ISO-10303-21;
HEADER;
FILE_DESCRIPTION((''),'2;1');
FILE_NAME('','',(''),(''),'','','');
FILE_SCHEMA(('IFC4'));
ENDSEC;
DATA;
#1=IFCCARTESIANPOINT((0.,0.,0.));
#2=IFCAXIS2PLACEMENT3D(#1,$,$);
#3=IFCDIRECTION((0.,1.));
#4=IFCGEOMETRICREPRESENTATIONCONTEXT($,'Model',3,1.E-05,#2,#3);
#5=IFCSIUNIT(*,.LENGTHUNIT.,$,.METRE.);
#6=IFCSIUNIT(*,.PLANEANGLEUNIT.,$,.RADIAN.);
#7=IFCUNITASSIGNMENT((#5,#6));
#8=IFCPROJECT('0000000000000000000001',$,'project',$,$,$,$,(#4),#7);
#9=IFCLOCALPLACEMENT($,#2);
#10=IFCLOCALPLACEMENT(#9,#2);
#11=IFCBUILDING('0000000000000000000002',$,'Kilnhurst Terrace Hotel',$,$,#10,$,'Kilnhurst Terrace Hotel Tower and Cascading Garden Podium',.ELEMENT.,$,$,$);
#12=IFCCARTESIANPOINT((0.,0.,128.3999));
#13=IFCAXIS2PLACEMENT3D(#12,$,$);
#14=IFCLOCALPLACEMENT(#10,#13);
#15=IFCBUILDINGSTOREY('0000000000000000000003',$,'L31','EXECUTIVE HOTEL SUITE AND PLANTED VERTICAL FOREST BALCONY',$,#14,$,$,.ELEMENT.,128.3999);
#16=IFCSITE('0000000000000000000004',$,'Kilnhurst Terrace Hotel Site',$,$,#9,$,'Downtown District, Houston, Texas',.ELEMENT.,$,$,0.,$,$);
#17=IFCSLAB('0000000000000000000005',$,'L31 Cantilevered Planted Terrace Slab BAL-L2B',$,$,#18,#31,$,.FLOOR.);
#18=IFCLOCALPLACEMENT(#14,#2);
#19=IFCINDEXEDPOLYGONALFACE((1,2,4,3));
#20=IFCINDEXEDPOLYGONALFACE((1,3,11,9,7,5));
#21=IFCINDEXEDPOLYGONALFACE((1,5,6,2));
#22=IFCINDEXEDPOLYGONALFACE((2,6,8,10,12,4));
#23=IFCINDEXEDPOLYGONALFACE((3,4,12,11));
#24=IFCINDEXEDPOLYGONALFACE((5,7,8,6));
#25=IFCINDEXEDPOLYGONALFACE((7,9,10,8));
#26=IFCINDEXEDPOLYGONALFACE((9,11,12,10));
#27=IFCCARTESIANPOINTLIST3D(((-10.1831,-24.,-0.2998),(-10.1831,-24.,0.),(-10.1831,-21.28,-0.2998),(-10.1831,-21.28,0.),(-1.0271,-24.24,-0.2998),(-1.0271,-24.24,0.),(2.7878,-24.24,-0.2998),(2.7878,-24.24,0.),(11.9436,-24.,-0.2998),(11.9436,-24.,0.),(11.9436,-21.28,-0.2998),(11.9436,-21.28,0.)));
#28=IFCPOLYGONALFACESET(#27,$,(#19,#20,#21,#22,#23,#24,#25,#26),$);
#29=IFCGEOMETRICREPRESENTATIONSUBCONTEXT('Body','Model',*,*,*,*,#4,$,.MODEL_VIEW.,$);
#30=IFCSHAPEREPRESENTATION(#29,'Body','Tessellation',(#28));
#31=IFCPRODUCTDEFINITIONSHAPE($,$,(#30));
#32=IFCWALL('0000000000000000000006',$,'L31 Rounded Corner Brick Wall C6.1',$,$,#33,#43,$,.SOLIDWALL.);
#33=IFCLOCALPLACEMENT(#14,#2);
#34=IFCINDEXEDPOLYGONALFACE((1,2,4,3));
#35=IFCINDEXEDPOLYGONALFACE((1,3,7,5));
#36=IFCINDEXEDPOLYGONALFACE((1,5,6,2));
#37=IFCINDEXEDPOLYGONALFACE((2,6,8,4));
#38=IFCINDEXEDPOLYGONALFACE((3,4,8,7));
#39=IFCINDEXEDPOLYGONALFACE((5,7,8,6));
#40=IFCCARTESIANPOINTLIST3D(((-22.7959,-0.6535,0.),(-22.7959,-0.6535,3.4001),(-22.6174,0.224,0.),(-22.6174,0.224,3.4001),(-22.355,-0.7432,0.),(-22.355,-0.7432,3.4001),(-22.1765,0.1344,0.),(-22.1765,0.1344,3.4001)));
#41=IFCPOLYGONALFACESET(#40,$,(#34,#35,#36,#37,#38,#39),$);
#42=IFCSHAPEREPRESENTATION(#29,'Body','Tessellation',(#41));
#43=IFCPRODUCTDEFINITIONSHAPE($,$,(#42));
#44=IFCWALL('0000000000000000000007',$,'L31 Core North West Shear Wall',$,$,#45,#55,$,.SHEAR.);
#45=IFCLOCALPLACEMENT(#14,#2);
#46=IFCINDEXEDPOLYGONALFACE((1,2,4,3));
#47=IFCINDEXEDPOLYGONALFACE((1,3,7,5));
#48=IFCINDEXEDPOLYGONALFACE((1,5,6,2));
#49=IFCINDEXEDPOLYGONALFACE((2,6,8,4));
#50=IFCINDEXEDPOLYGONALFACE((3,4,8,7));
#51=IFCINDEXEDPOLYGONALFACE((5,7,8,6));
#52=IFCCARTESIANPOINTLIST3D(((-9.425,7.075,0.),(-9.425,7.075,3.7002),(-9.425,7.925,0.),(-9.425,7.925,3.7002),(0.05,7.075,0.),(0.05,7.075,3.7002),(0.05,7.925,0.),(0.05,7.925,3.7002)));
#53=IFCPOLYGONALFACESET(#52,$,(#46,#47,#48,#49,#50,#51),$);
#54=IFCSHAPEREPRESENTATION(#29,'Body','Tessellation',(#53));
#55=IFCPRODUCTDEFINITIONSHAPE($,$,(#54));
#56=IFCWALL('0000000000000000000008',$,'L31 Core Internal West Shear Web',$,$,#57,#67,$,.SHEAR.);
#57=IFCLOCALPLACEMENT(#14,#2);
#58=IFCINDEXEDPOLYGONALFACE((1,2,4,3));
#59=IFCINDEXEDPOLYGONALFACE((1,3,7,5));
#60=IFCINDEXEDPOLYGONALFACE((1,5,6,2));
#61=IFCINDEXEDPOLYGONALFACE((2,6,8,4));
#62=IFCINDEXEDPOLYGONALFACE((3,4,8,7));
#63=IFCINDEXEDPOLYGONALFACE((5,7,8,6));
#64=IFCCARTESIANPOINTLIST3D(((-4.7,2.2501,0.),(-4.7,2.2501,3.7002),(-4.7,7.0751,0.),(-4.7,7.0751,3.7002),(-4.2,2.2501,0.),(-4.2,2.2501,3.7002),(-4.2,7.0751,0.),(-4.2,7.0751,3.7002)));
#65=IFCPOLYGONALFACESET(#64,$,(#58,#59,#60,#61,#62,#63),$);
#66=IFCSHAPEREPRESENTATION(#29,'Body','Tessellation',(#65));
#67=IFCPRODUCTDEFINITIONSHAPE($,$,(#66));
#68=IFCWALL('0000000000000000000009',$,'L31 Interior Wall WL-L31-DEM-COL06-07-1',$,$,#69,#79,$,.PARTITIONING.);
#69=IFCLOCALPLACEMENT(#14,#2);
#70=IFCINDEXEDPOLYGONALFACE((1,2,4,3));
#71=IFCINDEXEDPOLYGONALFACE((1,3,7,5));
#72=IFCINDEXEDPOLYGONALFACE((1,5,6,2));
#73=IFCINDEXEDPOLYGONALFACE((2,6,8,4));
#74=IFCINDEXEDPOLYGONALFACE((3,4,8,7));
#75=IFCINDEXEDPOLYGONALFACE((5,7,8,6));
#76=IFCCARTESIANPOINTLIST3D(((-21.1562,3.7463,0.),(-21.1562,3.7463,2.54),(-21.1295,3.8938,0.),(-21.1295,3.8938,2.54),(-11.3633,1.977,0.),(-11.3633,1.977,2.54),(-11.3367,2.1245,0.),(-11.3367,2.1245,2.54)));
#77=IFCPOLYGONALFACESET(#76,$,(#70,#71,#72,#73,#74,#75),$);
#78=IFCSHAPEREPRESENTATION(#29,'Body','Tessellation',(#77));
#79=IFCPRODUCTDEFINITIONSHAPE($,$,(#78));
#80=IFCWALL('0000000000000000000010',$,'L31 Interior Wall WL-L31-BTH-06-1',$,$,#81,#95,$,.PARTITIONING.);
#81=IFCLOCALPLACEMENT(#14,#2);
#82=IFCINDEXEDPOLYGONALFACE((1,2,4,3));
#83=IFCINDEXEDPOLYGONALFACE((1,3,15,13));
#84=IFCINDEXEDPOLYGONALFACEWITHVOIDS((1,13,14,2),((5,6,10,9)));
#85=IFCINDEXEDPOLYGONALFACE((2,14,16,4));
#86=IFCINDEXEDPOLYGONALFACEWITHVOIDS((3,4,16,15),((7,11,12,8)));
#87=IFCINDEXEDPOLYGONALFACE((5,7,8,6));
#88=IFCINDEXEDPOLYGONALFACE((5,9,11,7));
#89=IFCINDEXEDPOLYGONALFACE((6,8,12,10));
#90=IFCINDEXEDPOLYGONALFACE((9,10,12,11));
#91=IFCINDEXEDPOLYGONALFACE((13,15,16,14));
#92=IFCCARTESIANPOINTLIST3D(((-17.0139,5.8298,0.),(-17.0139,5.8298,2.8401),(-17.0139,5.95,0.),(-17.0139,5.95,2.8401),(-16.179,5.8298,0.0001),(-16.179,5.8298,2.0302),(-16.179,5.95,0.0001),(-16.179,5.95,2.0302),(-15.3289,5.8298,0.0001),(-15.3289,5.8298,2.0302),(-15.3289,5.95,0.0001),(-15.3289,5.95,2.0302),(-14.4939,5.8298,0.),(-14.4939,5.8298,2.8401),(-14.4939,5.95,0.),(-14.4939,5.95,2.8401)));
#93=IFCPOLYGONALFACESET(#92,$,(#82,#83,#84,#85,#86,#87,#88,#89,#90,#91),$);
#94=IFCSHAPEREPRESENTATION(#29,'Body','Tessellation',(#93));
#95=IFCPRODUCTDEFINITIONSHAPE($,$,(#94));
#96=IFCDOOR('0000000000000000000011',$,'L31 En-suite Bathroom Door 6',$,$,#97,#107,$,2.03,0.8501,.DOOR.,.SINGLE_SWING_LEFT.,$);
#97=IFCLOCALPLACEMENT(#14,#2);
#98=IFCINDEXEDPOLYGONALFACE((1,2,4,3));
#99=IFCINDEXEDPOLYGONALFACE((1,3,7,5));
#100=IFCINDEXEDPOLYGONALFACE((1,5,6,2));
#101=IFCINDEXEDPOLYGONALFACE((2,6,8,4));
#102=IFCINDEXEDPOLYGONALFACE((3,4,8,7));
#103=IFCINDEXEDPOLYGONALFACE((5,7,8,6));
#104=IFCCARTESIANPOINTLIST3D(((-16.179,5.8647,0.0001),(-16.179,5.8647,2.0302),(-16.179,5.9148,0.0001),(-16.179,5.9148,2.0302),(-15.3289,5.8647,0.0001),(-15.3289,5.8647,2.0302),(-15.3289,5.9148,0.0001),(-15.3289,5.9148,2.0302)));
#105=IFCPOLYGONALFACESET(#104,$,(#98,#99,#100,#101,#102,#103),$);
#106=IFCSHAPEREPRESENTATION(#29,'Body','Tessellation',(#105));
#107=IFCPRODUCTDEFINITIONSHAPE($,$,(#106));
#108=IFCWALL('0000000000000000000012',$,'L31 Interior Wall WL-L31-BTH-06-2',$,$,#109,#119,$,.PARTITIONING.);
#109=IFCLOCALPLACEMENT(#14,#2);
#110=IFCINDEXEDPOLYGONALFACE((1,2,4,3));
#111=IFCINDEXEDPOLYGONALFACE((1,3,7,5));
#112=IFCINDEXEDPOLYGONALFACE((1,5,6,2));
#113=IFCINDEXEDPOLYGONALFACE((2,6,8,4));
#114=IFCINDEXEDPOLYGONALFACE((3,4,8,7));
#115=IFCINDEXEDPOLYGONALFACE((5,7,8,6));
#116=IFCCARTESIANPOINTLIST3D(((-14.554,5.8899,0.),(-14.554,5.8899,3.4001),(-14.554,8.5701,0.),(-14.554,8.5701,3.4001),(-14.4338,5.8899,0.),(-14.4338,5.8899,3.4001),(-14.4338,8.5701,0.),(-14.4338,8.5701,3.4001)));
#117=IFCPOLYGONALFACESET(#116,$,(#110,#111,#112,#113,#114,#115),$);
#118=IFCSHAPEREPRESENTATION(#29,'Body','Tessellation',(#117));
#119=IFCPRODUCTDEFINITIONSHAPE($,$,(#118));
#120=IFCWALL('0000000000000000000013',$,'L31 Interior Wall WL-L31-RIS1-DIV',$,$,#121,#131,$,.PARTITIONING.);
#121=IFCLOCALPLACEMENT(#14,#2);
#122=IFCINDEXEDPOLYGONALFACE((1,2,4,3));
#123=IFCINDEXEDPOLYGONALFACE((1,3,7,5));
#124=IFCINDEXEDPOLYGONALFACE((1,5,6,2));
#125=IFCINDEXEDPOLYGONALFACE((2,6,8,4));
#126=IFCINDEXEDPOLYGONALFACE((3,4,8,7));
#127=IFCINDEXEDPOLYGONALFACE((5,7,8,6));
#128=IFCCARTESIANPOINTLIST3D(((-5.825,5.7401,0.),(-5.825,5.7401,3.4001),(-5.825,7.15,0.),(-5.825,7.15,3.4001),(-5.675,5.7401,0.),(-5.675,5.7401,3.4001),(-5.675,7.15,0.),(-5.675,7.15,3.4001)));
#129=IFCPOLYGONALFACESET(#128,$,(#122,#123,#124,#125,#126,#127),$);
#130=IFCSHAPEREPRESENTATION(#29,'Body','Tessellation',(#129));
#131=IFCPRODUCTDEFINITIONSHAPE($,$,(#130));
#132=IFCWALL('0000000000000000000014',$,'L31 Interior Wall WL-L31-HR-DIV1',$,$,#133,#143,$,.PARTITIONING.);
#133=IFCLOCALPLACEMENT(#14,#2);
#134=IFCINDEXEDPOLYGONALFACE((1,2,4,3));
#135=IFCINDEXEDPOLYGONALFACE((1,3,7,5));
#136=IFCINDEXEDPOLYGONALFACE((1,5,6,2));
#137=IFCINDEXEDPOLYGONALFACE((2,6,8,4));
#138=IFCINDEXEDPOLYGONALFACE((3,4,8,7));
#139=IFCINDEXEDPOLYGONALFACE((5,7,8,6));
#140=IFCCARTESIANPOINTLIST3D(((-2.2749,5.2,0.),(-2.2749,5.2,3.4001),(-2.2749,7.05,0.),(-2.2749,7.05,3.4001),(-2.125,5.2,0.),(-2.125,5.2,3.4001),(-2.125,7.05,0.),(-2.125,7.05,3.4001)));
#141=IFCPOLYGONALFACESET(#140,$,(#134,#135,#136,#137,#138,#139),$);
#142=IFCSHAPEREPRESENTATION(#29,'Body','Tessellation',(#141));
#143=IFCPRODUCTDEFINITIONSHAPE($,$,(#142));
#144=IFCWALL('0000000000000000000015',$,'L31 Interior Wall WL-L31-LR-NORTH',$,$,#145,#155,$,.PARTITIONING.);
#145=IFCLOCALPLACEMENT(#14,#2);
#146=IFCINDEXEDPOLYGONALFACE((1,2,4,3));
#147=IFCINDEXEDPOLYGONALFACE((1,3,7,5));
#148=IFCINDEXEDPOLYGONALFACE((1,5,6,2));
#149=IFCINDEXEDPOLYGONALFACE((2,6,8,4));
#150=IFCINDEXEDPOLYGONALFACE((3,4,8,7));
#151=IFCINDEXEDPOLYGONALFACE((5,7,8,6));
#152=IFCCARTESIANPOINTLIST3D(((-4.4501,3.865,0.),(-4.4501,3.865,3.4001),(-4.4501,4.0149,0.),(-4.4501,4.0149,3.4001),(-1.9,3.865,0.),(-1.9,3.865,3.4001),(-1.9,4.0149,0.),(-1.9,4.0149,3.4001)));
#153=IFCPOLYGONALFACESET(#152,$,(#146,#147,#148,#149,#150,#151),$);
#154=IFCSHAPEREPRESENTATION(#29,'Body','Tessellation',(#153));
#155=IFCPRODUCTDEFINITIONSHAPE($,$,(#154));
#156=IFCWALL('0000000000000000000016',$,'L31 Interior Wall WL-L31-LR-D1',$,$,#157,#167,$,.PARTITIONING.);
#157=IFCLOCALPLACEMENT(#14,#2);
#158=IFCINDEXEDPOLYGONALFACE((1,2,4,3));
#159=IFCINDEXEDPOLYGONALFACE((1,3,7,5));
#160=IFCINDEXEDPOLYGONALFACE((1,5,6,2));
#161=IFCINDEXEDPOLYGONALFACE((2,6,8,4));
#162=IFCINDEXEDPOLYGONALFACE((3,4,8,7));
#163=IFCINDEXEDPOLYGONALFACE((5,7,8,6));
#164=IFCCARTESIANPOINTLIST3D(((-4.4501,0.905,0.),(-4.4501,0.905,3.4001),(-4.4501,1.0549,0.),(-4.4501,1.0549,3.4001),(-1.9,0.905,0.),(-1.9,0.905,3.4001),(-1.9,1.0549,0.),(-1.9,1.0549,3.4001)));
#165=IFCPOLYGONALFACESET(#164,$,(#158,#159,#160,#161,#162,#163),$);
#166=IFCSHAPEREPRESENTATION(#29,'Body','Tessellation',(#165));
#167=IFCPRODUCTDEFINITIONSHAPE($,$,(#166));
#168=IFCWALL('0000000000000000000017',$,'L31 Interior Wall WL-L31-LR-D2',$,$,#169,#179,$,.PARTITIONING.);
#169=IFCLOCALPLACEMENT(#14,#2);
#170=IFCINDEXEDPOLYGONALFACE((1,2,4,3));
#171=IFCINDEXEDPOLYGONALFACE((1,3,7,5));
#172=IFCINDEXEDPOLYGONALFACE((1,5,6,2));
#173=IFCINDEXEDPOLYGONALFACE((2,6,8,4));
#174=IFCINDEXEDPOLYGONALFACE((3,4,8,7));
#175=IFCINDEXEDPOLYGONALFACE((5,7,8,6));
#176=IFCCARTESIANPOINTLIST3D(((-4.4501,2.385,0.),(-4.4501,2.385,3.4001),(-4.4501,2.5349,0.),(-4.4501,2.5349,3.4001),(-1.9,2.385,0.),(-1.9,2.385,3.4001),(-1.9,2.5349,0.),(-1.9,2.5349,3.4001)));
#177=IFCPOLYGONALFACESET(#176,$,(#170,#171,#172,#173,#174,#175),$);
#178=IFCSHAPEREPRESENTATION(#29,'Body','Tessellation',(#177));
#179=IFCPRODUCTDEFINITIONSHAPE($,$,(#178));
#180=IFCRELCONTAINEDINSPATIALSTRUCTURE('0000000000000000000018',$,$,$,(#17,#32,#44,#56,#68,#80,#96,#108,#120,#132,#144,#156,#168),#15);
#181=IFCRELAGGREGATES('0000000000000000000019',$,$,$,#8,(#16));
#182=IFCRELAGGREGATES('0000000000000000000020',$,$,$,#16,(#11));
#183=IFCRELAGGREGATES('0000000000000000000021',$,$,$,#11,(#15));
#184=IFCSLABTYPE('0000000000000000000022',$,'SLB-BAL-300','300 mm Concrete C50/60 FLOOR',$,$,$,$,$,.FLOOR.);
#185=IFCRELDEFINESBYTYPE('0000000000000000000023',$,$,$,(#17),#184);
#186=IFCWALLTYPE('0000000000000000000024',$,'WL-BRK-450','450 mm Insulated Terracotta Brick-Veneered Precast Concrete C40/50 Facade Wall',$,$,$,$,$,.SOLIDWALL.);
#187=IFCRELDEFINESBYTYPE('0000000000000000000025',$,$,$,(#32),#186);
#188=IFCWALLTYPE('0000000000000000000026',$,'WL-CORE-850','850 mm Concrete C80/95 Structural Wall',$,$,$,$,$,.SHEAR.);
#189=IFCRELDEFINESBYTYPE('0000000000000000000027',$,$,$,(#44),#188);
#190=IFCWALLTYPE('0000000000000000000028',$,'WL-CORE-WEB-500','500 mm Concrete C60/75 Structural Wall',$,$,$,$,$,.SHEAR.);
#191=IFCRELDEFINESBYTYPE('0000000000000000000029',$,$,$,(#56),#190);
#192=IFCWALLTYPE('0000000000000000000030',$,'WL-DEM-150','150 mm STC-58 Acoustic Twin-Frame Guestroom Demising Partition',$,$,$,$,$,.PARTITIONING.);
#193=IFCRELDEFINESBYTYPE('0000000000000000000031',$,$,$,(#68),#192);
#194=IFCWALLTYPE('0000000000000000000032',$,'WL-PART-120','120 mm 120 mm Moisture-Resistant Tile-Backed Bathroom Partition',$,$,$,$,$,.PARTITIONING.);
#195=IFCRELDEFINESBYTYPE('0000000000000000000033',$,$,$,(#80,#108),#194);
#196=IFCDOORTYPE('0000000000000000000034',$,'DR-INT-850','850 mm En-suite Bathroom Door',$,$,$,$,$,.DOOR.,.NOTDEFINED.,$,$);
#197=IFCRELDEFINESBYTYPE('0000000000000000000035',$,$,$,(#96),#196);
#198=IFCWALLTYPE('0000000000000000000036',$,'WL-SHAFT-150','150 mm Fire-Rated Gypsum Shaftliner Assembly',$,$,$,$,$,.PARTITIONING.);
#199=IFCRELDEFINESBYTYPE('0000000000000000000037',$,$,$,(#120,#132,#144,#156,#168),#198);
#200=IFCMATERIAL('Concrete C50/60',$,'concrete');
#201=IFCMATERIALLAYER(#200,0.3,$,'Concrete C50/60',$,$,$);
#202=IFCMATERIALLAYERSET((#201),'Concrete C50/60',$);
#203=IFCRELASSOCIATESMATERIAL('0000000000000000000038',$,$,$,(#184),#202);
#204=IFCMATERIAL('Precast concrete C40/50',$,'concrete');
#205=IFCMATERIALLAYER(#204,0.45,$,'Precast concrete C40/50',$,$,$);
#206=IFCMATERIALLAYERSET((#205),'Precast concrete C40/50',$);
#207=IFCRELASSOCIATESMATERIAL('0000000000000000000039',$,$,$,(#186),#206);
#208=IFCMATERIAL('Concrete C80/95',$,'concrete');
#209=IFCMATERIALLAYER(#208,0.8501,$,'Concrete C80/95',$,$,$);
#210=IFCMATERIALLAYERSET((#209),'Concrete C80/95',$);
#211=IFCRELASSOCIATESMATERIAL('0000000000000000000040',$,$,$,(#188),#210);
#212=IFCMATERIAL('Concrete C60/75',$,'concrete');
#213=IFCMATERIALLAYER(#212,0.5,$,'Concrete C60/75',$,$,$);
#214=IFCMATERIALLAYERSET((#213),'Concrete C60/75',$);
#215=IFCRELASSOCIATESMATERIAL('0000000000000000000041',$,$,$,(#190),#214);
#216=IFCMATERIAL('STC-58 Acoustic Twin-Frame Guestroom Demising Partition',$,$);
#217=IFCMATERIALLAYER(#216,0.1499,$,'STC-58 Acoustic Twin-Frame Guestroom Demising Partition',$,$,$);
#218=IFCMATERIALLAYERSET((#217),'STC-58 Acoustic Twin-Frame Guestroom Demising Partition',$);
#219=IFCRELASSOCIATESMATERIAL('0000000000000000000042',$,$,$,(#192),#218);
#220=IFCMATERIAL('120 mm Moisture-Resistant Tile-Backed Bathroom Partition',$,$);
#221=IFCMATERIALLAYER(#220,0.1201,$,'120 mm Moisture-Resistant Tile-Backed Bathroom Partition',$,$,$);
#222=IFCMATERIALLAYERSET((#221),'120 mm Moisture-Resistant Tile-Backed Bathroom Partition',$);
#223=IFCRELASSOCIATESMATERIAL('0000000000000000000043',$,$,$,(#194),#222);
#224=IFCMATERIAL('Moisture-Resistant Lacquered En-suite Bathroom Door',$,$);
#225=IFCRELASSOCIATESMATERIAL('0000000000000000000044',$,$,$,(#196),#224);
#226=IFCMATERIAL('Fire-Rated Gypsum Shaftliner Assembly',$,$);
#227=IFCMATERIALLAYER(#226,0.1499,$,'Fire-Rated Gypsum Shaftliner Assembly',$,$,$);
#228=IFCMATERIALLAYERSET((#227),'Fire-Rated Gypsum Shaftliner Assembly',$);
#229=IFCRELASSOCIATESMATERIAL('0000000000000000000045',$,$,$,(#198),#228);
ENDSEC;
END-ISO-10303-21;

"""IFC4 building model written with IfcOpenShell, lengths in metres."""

from ifc_helpers import new_model, si_unit, direction, frame, frame_2d, origin, place, context, subcontext, project, spatial, polyline, rectangle, outline, extrude, material, layer, layer_set, type_object, element, fill, save


model = new_model("IFC4")

# Units and contexts
model_context = context("Model", 3, precision=1e-05, world=origin(), true_north=direction((0.0, 1.0)))
body_context = subcontext(model_context, "Body", "Model", "MODEL_VIEW")
ifc_project = project(units=[si_unit("LENGTHUNIT", "METRE"), si_unit("PLANEANGLEUNIT", "RADIAN")], contexts=[model_context])

# Site, building, storey
site_placement = place(None, origin())
site = spatial("IfcSite", under=ifc_project, at=site_placement, Name="Kilnhurst Terrace Hotel Site", LongName="Downtown District, Houston, Texas", CompositionType="ELEMENT", RefElevation=0.0)
building_placement = place(site_placement, origin())
building = spatial("IfcBuilding", under=site, at=building_placement, Name="Kilnhurst Terrace Hotel", LongName="Kilnhurst Terrace Hotel Tower and Cascading Garden Podium", CompositionType="ELEMENT")
storey_placement = place(building_placement, frame((0.0, 0.0, 128.3999)))
storey = spatial("IfcBuildingStorey", under=building, at=storey_placement, Name="L31", Description="EXECUTIVE HOTEL SUITE AND PLANTED VERTICAL FOREST BALCONY", CompositionType="ELEMENT", Elevation=128.3999)

# Shared definitions
ifc_material_1 = material(Name="Concrete C80/95", Category="concrete")

# Shared definitions
ifc_material_2 = material(Name="Concrete C50/60", Category="concrete")

# Slab
ifc_layer_1 = layer(ifc_material_2, 0.3, Name="Concrete C50/60")
ifc_layer_set_1 = layer_set([ifc_layer_1], Name="Concrete C50/60")
slab_type = type_object("IfcSlabType", Name="SLB-BAL-300", Description="300 mm Concrete C50/60 FLOOR", PredefinedType="FLOOR", material=ifc_layer_set_1)
slab_1_placement = place(storey_placement, frame((0.0, 0.0, -0.2998)))
element("IfcSlab", 1, at=slab_1_placement, inside=storey, type_object=slab_type, Name="L31 Cantilevered Planted Terrace Slab BAL-L2B", PredefinedType="FLOOR", context=body_context, shape_type="SweptSolid", body=[
    extrude(outline(polyline([(-1.0271, -24.24), (-10.1831, -24.0), (-10.1831, -21.28), (11.9436, -21.28), (11.9436, -24.0), (2.7878, -24.24), (-1.0271, -24.24)])), origin(), (0.0, 0.0, 1.0), 0.2998),
])

# Walls
ifc_material_3 = material(Name="Precast concrete C40/50", Category="concrete")
ifc_layer_2 = layer(ifc_material_3, 0.45, Name="Precast concrete C40/50")
ifc_layer_set_2 = layer_set([ifc_layer_2], Name="Precast concrete C40/50")
wall_type_1 = type_object("IfcWallType", Name="WL-BRK-450", Description="450 mm Insulated Terracotta Brick-Veneered Precast Concrete C40/50 Facade Wall", PredefinedType="SOLIDWALL", material=ifc_layer_set_2)
wall_1_placement = place(storey_placement, frame((-22.397, 0.1792, 0.0), z_axis=(0.0, 0.0, 1.0), x_axis=(-0.199314, -0.979936, 0.0)))
element("IfcWall", 2, at=wall_1_placement, inside=storey, type_object=wall_type_1, Name="L31 Rounded Corner Brick Wall C6.1", PredefinedType="SOLIDWALL", context=body_context, shape_type="SweptSolid", body=[
    extrude(rectangle(XDim=0.8955, YDim=0.45, at=frame_2d((0.4478, 0.0))), origin(), (0.0, 0.0, 1.0), 3.4001),
])
ifc_layer_3 = layer(ifc_material_1, 0.8501, Name="Concrete C80/95")
ifc_layer_set_3 = layer_set([ifc_layer_3], Name="Concrete C80/95")
wall_type_2 = type_object("IfcWallType", Name="WL-CORE-850", Description="850 mm Concrete C80/95 Structural Wall", PredefinedType="SHEAR", material=ifc_layer_set_3)
wall_2_placement = place(storey_placement, frame((-9.425, 7.5, 0.0), z_axis=(0.0, 0.0, 1.0), x_axis=(1.0, 0.0, 0.0)))
element("IfcWall", 3, at=wall_2_placement, inside=storey, type_object=wall_type_2, Name="L31 Core North West Shear Wall", PredefinedType="SHEAR", context=body_context, shape_type="SweptSolid", body=[
    extrude(rectangle(XDim=9.4751, YDim=0.8501, at=frame_2d((4.7375, 0.0))), origin(), (0.0, 0.0, 1.0), 3.7002),
])
ifc_material_4 = material(Name="Concrete C60/75", Category="concrete")
ifc_layer_4 = layer(ifc_material_4, 0.5, Name="Concrete C60/75")
ifc_layer_set_4 = layer_set([ifc_layer_4], Name="Concrete C60/75")
wall_type_3 = type_object("IfcWallType", Name="WL-CORE-WEB-500", Description="500 mm Concrete C60/75 Structural Wall", PredefinedType="SHEAR", material=ifc_layer_set_4)
wall_3_placement = place(storey_placement, frame((-4.45, 2.25, 0.0), z_axis=(0.0, 0.0, 1.0), x_axis=(0.0, 1.0, 0.0)))
element("IfcWall", 4, at=wall_3_placement, inside=storey, type_object=wall_type_3, Name="L31 Core Internal West Shear Web", PredefinedType="SHEAR", context=body_context, shape_type="SweptSolid", body=[
    extrude(rectangle(XDim=4.825, YDim=0.5, at=frame_2d((2.4126, 0.0))), origin(), (0.0, 0.0, 1.0), 3.7002),
])
ifc_material_5 = material(Name="STC-58 Acoustic Twin-Frame Guestroom Demising Partition")
ifc_layer_5 = layer(ifc_material_5, 0.1499, Name="STC-58 Acoustic Twin-Frame Guestroom Demising Partition")
ifc_layer_set_5 = layer_set([ifc_layer_5], Name="STC-58 Acoustic Twin-Frame Guestroom Demising Partition")
wall_type_4 = type_object("IfcWallType", Name="WL-DEM-150", Description="150 mm STC-58 Acoustic Twin-Frame Guestroom Demising Partition", PredefinedType="PARTITIONING", material=ifc_layer_set_5)
wall_4_placement = place(storey_placement, frame((-11.3501, 2.0508, 0.0), z_axis=(0.0, 0.0, 1.0), x_axis=(-0.984068, 0.177791, 0.0)))
element("IfcWall", 5, at=wall_4_placement, inside=storey, type_object=wall_type_4, Name="L31 Interior Wall WL-L31-DEM-COL06-07-1", PredefinedType="PARTITIONING", context=body_context, shape_type="SweptSolid", body=[
    extrude(rectangle(XDim=9.9514, YDim=0.1499, at=frame_2d((4.9756, 0.0))), origin(), (0.0, 0.0, 1.0), 2.54),
])

# Wall, opening, door
ifc_material_6 = material(Name="120 mm Moisture-Resistant Tile-Backed Bathroom Partition")
ifc_layer_6 = layer(ifc_material_6, 0.1201, Name="120 mm Moisture-Resistant Tile-Backed Bathroom Partition")
ifc_layer_set_6 = layer_set([ifc_layer_6], Name="120 mm Moisture-Resistant Tile-Backed Bathroom Partition")
wall_type_5 = type_object("IfcWallType", Name="WL-PART-120", Description="120 mm 120 mm Moisture-Resistant Tile-Backed Bathroom Partition", PredefinedType="PARTITIONING", material=ifc_layer_set_6)
wall_5_placement = place(storey_placement, frame((-17.0139, 5.8899, 0.0), z_axis=(0.0, 0.0, 1.0), x_axis=(1.0, 0.0, 0.0)))
wall_5 = element("IfcWall", 6, at=wall_5_placement, inside=storey, type_object=wall_type_5, Name="L31 Interior Wall WL-L31-BTH-06-1", PredefinedType="PARTITIONING", context=body_context, shape_type="SweptSolid", body=[
    extrude(rectangle(XDim=2.52, YDim=0.1201, at=frame_2d((1.26, 0.0))), origin(), (0.0, 0.0, 1.0), 2.8401),
])
opening_1_placement = place(wall_5_placement, frame((0.835, 0.0, 0.0)))
opening_1 = element("IfcOpeningElement", 7, at=opening_1_placement, cuts=wall_5, PredefinedType="OPENING", context=body_context, shape_type="SweptSolid", body=[
    extrude(rectangle(XDim=0.8501, YDim=2.03, at=frame_2d((0.425, 1.0151))), frame((0.0, 0.0701, 0.0), z_axis=(0.0, -1.0, 0.0), x_axis=(1.0, 0.0, 0.0)), (0.0, 0.0, 1.0), 0.1401),
])
ifc_material_7 = material(Name="Moisture-Resistant Lacquered En-suite Bathroom Door")
door_type_1 = type_object("IfcDoorType", Name="DR-INT-850", Description="850 mm En-suite Bathroom Door", OperationType="NOTDEFINED", PredefinedType="DOOR", material=ifc_material_7)
door_1_placement = place(opening_1_placement, origin())
door_1 = element("IfcDoor", 8, at=door_1_placement, inside=storey, type_object=door_type_1, Name="L31 En-suite Bathroom Door 6", OperationType="SINGLE_SWING_LEFT", OverallHeight=2.03, OverallWidth=0.8501, PredefinedType="DOOR", context=body_context, shape_type="SweptSolid", body=[
    extrude(rectangle(XDim=0.8501, YDim=2.03, at=frame_2d((0.425, 1.0151))), frame((0.0, 0.0249, 0.0), z_axis=(0.0, -1.0, 0.0), x_axis=(1.0, 0.0, 0.0)), (0.0, 0.0, 1.0), 0.05),
])
fill(opening_1, door_1)

# Walls
wall_6_placement = place(storey_placement, frame((-14.4939, 5.8899, 0.0), z_axis=(0.0, 0.0, 1.0), x_axis=(0.0, 1.0, 0.0)))
element("IfcWall", 9, at=wall_6_placement, inside=storey, type_object=wall_type_5, Name="L31 Interior Wall WL-L31-BTH-06-2", PredefinedType="PARTITIONING", context=body_context, shape_type="SweptSolid", body=[
    extrude(rectangle(XDim=2.6802, YDim=0.1201, at=frame_2d((1.3401, 0.0))), origin(), (0.0, 0.0, 1.0), 3.4001),
])
ifc_material_8 = material(Name="Fire-Rated Gypsum Shaftliner Assembly")
ifc_layer_7 = layer(ifc_material_8, 0.1499, Name="Fire-Rated Gypsum Shaftliner Assembly")
ifc_layer_set_7 = layer_set([ifc_layer_7], Name="Fire-Rated Gypsum Shaftliner Assembly")
wall_type_6 = type_object("IfcWallType", Name="WL-SHAFT-150", Description="150 mm Fire-Rated Gypsum Shaftliner Assembly", PredefinedType="PARTITIONING", material=ifc_layer_set_7)
wall_7_placement = place(storey_placement, frame((-5.75, 5.74, 0.0), z_axis=(0.0, 0.0, 1.0), x_axis=(0.0, 1.0, 0.0)))
element("IfcWall", 10, at=wall_7_placement, inside=storey, type_object=wall_type_6, Name="L31 Interior Wall WL-L31-RIS1-DIV", PredefinedType="PARTITIONING", context=body_context, shape_type="SweptSolid", body=[
    extrude(rectangle(XDim=1.4099, YDim=0.1499, at=frame_2d((0.7051, 0.0))), origin(), (0.0, 0.0, 1.0), 3.4001),
])
wall_8_placement = place(storey_placement, frame((-2.2, 5.2, 0.0), z_axis=(0.0, 0.0, 1.0), x_axis=(0.0, 1.0, 0.0)))
element("IfcWall", 11, at=wall_8_placement, inside=storey, type_object=wall_type_6, Name="L31 Interior Wall WL-L31-HR-DIV1", PredefinedType="PARTITIONING", context=body_context, shape_type="SweptSolid", body=[
    extrude(rectangle(XDim=1.8501, YDim=0.1499, at=frame_2d((0.925, 0.0))), origin(), (0.0, 0.0, 1.0), 3.4001),
])
for number, where, z_axis, x_axis, name in (
    (12, (-4.45, 3.9399, 0.0), (0.0, 0.0, 1.0), (1.0, 0.0, 0.0), "L31 Interior Wall WL-L31-LR-NORTH"),
    (13, (-4.45, 0.98, 0.0), (0.0, 0.0, 1.0), (1.0, 0.0, 0.0), "L31 Interior Wall WL-L31-LR-D1"),
    (14, (-4.45, 2.46, 0.0), (0.0, 0.0, 1.0), (1.0, 0.0, 0.0), "L31 Interior Wall WL-L31-LR-D2"),
):
    element("IfcWall", number, at=place(storey_placement, frame(where, z_axis=z_axis, x_axis=x_axis)), inside=storey, type_object=wall_type_6, Name=name, PredefinedType="PARTITIONING", context=body_context, shape_type="SweptSolid", body=[
        extrude(rectangle(XDim=2.55, YDim=0.1499, at=frame_2d((1.2749, 0.0))), origin(), (0.0, 0.0, 1.0), 3.4001),
    ])

save(model, "model.ifc")
